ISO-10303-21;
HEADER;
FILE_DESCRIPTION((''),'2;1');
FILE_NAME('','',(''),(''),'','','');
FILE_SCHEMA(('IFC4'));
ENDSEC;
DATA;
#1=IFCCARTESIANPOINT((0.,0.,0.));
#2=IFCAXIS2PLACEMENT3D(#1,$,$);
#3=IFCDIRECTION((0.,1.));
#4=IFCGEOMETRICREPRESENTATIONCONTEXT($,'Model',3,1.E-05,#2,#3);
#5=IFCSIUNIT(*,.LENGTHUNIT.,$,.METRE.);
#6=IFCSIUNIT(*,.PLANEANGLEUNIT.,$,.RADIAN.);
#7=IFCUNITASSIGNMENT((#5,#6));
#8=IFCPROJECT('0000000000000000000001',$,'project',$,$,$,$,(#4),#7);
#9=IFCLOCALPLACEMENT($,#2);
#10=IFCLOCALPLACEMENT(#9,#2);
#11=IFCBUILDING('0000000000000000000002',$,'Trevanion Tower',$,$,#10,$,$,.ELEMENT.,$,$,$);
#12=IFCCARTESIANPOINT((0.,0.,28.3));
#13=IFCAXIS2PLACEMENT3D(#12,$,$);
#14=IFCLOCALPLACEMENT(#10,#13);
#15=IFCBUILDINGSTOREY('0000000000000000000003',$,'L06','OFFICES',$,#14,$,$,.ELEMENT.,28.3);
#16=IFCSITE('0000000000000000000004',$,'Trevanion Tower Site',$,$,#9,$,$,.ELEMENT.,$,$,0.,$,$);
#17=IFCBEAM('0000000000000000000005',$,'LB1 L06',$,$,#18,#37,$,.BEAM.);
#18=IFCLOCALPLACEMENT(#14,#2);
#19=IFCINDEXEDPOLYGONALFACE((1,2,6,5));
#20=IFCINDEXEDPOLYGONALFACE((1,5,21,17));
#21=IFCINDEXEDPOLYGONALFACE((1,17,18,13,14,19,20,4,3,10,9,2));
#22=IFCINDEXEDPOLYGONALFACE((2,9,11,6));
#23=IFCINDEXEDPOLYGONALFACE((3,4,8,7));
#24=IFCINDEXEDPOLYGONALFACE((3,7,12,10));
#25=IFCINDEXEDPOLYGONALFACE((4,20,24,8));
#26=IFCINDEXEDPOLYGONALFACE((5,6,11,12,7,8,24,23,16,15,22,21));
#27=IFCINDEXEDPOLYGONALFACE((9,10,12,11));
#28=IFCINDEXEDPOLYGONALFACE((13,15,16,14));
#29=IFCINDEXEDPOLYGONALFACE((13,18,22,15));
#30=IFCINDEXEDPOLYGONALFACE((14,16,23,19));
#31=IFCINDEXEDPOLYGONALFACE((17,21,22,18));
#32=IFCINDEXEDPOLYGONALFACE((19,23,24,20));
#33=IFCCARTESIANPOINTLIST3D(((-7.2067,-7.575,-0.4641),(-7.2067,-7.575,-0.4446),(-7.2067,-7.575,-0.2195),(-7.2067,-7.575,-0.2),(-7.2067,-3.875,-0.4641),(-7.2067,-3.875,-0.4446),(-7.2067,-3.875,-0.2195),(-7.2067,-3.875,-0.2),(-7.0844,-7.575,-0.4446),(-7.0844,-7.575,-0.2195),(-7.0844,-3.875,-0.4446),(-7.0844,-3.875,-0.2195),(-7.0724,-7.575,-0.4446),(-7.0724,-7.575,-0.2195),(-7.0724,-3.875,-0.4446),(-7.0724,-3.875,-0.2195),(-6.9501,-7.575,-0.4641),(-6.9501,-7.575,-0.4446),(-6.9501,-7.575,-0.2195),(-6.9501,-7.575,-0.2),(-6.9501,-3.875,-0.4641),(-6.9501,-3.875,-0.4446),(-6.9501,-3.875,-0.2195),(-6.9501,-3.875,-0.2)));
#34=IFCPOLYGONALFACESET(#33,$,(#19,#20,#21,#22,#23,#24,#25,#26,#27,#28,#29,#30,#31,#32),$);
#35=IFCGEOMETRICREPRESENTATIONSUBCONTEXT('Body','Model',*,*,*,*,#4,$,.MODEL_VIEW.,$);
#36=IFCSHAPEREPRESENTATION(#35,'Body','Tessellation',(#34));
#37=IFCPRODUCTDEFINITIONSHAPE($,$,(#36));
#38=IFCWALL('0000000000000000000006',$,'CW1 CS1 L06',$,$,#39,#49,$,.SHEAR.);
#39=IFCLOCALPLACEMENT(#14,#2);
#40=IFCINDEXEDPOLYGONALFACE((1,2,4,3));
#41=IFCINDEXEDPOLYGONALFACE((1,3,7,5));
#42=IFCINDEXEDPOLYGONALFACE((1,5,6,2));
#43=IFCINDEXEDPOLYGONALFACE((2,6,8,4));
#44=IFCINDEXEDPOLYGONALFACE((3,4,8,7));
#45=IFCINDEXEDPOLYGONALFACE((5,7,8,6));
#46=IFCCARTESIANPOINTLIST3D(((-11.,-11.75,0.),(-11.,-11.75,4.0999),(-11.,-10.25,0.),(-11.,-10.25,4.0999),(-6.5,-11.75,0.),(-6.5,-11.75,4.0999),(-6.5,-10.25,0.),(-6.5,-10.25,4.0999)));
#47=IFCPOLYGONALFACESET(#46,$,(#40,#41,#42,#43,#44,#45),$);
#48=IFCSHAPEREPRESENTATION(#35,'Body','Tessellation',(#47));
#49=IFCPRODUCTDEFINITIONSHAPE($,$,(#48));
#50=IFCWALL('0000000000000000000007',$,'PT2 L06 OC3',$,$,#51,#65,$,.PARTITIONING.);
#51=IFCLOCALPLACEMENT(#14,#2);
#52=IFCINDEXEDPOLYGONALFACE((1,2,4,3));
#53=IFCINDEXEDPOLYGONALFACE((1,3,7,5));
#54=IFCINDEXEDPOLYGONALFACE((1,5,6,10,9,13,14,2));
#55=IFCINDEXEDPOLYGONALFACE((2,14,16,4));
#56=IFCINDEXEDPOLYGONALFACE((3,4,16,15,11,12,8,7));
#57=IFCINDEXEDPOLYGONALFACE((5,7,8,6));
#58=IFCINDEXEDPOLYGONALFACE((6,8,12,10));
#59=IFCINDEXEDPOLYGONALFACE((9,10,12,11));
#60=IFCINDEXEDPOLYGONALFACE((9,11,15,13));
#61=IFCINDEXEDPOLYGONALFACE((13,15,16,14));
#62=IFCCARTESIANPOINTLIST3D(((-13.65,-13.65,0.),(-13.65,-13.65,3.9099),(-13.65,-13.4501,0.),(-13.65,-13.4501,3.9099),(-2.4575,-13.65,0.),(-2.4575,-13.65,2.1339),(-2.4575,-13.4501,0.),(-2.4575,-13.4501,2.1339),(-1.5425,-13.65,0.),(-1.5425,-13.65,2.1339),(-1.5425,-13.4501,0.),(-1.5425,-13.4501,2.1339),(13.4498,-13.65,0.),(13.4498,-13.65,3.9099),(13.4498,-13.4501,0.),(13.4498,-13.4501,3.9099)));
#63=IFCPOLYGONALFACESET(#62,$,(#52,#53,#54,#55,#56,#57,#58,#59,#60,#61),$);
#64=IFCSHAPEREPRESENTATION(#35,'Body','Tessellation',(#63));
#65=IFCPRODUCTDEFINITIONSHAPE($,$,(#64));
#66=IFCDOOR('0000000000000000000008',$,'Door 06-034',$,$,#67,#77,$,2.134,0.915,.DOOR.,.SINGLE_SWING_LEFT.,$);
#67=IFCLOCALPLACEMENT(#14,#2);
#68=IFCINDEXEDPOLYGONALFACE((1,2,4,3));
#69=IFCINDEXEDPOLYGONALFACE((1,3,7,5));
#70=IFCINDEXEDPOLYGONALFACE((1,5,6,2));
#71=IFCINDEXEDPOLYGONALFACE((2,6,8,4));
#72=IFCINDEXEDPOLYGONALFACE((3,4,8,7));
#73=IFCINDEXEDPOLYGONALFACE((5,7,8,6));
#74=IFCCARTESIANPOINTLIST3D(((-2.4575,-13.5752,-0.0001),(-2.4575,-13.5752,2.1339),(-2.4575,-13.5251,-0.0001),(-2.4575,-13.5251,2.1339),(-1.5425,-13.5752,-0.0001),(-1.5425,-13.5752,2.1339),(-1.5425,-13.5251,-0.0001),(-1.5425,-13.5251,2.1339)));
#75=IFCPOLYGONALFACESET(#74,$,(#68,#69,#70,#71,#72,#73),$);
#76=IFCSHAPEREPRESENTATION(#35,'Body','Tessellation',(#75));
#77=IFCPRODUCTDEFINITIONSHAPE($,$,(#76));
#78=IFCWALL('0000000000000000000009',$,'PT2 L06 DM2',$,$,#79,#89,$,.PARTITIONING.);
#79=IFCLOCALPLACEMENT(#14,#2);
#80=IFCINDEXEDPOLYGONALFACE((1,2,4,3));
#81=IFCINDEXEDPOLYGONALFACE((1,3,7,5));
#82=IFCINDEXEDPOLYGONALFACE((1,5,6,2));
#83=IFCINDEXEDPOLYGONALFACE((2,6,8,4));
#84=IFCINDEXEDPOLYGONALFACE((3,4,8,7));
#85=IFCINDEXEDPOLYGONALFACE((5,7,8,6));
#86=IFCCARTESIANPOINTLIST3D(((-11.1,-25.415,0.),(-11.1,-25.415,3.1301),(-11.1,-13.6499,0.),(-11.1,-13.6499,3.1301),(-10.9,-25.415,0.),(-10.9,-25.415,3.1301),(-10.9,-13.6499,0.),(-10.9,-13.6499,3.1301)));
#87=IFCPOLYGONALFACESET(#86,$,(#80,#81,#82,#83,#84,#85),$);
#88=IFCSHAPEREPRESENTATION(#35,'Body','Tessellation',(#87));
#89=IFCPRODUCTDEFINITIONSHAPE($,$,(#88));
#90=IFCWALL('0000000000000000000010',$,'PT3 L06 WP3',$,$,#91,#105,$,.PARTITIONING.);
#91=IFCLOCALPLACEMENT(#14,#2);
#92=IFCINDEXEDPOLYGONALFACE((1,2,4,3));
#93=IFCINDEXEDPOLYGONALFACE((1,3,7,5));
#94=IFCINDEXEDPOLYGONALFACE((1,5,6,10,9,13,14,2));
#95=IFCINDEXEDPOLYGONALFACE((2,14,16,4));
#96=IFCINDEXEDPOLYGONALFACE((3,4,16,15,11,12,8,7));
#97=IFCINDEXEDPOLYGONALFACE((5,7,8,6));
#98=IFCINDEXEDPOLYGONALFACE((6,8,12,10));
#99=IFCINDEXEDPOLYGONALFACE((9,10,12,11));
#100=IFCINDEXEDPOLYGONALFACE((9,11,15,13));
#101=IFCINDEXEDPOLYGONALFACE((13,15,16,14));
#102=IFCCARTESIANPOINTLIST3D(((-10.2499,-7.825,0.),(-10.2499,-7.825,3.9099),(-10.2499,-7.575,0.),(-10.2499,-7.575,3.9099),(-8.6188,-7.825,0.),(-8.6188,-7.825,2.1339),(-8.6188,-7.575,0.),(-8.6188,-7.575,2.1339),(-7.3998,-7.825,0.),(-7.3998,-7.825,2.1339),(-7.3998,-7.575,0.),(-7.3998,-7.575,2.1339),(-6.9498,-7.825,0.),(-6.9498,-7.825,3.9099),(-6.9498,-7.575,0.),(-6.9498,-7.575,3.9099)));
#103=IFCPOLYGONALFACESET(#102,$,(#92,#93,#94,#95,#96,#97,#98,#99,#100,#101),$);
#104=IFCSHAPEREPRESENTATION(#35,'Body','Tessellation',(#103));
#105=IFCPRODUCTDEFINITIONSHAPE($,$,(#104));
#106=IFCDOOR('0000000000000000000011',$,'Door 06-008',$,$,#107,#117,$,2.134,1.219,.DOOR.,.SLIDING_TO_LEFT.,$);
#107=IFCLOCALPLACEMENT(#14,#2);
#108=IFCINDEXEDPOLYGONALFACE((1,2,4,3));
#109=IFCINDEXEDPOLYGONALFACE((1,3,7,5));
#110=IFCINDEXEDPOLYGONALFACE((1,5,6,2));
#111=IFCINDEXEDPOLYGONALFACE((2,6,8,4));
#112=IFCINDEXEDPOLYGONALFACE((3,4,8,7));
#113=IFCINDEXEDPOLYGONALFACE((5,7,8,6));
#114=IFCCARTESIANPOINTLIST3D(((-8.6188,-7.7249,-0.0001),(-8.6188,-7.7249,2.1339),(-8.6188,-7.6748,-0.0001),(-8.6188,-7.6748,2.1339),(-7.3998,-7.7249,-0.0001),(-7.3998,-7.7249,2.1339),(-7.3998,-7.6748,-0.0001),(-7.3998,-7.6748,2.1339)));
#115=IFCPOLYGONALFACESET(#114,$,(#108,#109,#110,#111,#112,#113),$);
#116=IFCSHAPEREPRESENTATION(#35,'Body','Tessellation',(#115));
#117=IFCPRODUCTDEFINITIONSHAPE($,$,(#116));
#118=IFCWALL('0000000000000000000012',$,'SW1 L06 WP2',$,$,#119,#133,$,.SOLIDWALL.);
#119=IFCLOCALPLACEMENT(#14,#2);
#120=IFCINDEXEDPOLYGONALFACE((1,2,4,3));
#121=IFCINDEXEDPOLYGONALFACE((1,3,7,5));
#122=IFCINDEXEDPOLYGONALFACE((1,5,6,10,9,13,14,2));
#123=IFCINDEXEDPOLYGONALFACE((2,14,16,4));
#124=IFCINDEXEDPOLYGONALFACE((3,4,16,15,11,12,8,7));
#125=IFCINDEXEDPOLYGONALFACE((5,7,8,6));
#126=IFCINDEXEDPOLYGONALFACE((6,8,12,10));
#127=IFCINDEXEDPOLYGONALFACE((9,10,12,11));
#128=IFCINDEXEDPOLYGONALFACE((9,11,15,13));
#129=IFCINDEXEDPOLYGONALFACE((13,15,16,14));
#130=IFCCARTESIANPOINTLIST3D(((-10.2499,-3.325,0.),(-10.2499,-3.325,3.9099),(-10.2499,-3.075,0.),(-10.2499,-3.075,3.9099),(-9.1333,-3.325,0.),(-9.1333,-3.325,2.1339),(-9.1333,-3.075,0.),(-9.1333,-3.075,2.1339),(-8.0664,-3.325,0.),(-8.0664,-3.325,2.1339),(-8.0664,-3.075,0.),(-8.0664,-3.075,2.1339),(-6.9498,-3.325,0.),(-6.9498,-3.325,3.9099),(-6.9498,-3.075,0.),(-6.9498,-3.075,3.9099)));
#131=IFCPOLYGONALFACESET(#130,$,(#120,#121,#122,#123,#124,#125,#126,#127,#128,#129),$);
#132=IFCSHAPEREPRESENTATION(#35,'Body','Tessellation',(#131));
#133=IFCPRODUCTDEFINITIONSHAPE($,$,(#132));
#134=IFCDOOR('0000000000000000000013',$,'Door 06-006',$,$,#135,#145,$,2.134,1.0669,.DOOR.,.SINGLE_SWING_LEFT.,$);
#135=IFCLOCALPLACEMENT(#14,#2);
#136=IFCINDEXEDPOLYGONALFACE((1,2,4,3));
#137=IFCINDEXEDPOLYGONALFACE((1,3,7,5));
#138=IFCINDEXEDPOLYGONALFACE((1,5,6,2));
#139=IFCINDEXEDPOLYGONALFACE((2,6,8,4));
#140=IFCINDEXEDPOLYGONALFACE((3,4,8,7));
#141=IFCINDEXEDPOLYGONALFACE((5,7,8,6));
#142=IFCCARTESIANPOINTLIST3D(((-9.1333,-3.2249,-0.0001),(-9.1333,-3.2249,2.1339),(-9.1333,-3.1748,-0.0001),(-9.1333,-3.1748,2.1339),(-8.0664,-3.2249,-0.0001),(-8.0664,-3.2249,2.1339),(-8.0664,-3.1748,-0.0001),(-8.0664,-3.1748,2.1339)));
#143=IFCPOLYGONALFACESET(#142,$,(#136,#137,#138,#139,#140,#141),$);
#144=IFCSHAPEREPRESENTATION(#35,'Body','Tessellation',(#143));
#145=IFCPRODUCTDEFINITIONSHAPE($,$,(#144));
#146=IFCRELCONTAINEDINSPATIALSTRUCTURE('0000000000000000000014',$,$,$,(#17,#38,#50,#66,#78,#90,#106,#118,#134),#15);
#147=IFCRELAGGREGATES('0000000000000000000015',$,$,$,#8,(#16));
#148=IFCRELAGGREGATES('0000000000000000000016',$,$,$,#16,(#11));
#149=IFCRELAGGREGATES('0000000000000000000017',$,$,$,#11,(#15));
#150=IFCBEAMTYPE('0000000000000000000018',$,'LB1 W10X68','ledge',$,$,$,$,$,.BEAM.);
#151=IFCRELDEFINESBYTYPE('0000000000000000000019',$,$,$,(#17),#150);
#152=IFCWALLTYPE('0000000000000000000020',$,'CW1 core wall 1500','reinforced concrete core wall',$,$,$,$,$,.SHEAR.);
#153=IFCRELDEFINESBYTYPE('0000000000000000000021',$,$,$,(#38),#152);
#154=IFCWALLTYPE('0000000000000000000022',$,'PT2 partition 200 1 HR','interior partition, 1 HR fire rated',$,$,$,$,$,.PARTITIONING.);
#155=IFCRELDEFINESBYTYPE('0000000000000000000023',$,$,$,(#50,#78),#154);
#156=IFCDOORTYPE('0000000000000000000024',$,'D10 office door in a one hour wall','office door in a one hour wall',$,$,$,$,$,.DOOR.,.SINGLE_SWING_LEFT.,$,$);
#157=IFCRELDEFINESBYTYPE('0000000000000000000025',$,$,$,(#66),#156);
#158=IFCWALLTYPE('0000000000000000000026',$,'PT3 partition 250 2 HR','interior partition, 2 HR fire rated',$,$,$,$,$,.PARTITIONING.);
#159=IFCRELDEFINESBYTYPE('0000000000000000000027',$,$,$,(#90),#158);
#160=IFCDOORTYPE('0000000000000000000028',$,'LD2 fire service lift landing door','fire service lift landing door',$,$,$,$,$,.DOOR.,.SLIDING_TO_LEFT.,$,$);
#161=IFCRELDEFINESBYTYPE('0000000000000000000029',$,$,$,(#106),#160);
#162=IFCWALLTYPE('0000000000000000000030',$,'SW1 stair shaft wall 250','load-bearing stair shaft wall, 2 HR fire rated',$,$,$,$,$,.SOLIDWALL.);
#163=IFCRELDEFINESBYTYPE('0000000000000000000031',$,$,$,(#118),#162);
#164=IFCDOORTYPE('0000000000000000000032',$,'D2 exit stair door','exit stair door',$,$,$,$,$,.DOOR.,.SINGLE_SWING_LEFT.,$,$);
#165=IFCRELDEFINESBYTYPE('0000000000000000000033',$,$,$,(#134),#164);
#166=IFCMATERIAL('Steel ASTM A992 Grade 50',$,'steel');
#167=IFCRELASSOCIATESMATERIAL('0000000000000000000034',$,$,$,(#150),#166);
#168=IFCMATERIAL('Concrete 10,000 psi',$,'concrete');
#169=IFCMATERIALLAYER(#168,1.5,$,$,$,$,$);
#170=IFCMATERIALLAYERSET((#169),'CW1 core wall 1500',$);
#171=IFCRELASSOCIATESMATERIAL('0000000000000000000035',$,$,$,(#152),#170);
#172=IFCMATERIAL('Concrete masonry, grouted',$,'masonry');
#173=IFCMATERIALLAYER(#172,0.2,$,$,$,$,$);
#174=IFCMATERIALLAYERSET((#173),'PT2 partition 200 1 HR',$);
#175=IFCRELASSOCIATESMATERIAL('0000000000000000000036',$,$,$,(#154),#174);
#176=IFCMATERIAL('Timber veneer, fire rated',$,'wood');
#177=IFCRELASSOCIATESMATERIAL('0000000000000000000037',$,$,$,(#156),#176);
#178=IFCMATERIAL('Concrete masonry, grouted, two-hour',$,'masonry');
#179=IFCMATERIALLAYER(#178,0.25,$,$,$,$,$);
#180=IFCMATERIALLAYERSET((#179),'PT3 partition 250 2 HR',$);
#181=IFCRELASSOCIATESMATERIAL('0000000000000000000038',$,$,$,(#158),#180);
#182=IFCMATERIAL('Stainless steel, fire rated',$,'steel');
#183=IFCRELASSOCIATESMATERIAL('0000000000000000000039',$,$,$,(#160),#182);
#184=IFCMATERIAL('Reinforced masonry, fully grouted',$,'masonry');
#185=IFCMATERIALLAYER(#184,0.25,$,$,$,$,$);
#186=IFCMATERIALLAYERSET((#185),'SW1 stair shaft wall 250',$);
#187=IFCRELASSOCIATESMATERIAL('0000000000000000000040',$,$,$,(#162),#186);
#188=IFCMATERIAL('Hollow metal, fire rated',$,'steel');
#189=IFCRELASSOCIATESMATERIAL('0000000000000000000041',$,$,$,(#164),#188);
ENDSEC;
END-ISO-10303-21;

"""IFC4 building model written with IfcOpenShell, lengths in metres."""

from ifc_helpers import new_model, si_unit, direction, frame, frame_2d, origin, origin_2d, place, context, subcontext, project, spatial, rectangle, i_section, extrude, material, layer, layer_set, material_profile, profile_set, type_object, element, fill, save


model = new_model("IFC4")

# Units and contexts
model_context = context("Model", 3, precision=1e-05, world=origin(), true_north=direction((0.0, 1.0)))
body_context = subcontext(model_context, "Body", "Model", "MODEL_VIEW")
ifc_project = project(units=[si_unit("LENGTHUNIT", "METRE"), si_unit("PLANEANGLEUNIT", "RADIAN")], contexts=[model_context])

# Site, building, storey
site_placement = place(None, origin())
site = spatial("IfcSite", under=ifc_project, at=site_placement, Name="Trevanion Tower Site", CompositionType="ELEMENT", RefElevation=0.0)
building_placement = place(site_placement, origin())
building = spatial("IfcBuilding", under=site, at=building_placement, Name="Trevanion Tower", CompositionType="ELEMENT")
storey_placement = place(building_placement, frame((0.0, 0.0, 28.3)))
storey = spatial("IfcBuildingStorey", under=building, at=storey_placement, Name="L06", Description="OFFICES", CompositionType="ELEMENT", Elevation=28.3)

# Beam
ifc_material_1 = material(Name="Steel ASTM A992 Grade 50", Category="steel")
ifc_material_profile_1 = material_profile(ifc_material_1, i_section(OverallWidth=0.2566, OverallDepth=0.2642, WebThickness=0.012, FlangeThickness=0.0195, at=origin_2d()), Name="W10X68")
ifc_profile_set_1 = profile_set([ifc_material_profile_1], Name="Steel ASTM A992 Grade 50")
beam_type_1 = type_object("IfcBeamType", Name="LB1 W10X68", Description="ledge", PredefinedType="BEAM", material=ifc_profile_set_1)
for number, where, z_axis, x_axis, name in (
    (1, (-7.0784, -7.575, -0.332), (0.0, 1.0, 0.0), (-1.0, 0.0, 0.0), "LB1 L06"),
):
    element("IfcBeam", number, at=place(storey_placement, frame(where, z_axis=z_axis, x_axis=x_axis)), inside=storey, type_object=beam_type_1, Name=name, PredefinedType="BEAM", context=body_context, shape_type="SweptSolid", body=[
        extrude(i_section(OverallWidth=0.2566, OverallDepth=0.2642, WebThickness=0.012, FlangeThickness=0.0195, at=origin_2d()), origin(), (0.0, 0.0, 1.0), 3.7),
    ])

# Wall
ifc_material_2 = material(Name="Concrete 10,000 psi", Category="concrete")
ifc_layer_1 = layer(ifc_material_2, 1.5)
ifc_layer_set_1 = layer_set([ifc_layer_1], Name="CW1 core wall 1500")
wall_type_1 = type_object("IfcWallType", Name="CW1 core wall 1500", Description="reinforced concrete core wall", PredefinedType="SHEAR", material=ifc_layer_set_1)
wall_1_placement = place(storey_placement, frame((-11.0, -11.0, 0.0), z_axis=(0.0, 0.0, 1.0), x_axis=(1.0, 0.0, 0.0)))
element("IfcWall", 2, at=wall_1_placement, inside=storey, type_object=wall_type_1, Name="CW1 CS1 L06", PredefinedType="SHEAR", context=body_context, shape_type="SweptSolid", body=[
    extrude(rectangle(XDim=4.5, YDim=1.5, at=frame_2d((2.25, 0.0))), origin(), (0.0, 0.0, 1.0), 4.0999),
])

# Wall, opening, door
ifc_material_3 = material(Name="Concrete masonry, grouted", Category="masonry")
ifc_layer_2 = layer(ifc_material_3, 0.2)
ifc_layer_set_2 = layer_set([ifc_layer_2], Name="PT2 partition 200 1 HR")
wall_type_2 = type_object("IfcWallType", Name="PT2 partition 200 1 HR", Description="interior partition, 1 HR fire rated", PredefinedType="PARTITIONING", material=ifc_layer_set_2)
wall_2_placement = place(storey_placement, frame((-13.6499, -13.55, 0.0), z_axis=(0.0, 0.0, 1.0), x_axis=(1.0, 0.0, 0.0)))
wall_2 = element("IfcWall", 3, at=wall_2_placement, inside=storey, type_object=wall_type_2, Name="PT2 L06 OC3", PredefinedType="PARTITIONING", context=body_context, shape_type="SweptSolid", body=[
    extrude(rectangle(XDim=27.0999, YDim=0.2, at=frame_2d((13.5498, 0.0))), origin(), (0.0, 0.0, 1.0), 3.9099),
])
opening_1_placement = place(wall_2_placement, frame((11.1924, 0.0, 0.0)))
opening_1 = element("IfcOpeningElement", 4, at=opening_1_placement, cuts=wall_2, PredefinedType="OPENING", context=body_context, shape_type="SweptSolid", body=[
    extrude(rectangle(XDim=0.915, YDim=2.134, at=frame_2d((0.4575, 1.0669))), frame((0.0, 0.1099, 0.0), z_axis=(0.0, -1.0, 0.0), x_axis=(1.0, 0.0, 0.0)), (0.0, 0.0, 1.0), 0.22),
])
ifc_material_4 = material(Name="Timber veneer, fire rated", Category="wood")
door_type_1 = type_object("IfcDoorType", Name="D10 office door in a one hour wall", Description="office door in a one hour wall", OperationType="SINGLE_SWING_LEFT", PredefinedType="DOOR", material=ifc_material_4)
door_1_placement = place(opening_1_placement, origin())
door_1 = element("IfcDoor", 5, at=door_1_placement, inside=storey, type_object=door_type_1, Name="Door 06-034", OperationType="SINGLE_SWING_LEFT", OverallHeight=2.134, OverallWidth=0.915, PredefinedType="DOOR", context=body_context, shape_type="SweptSolid", body=[
    extrude(rectangle(XDim=0.915, YDim=2.134, at=frame_2d((0.4575, 1.0669))), frame((0.0, 0.0249, 0.0), z_axis=(0.0, -1.0, 0.0), x_axis=(1.0, 0.0, 0.0)), (0.0, 0.0, 1.0), 0.05),
])
fill(opening_1, door_1)

# Wall
wall_3_placement = place(storey_placement, frame((-11.0, -13.6499, 0.0), z_axis=(0.0, 0.0, 1.0), x_axis=(0.0, -1.0, 0.0)))
element("IfcWall", 6, at=wall_3_placement, inside=storey, type_object=wall_type_2, Name="PT2 L06 DM2", PredefinedType="PARTITIONING", context=body_context, shape_type="SweptSolid", body=[
    extrude(rectangle(XDim=11.7651, YDim=0.2, at=frame_2d((5.8826, 0.0))), origin(), (0.0, 0.0, 1.0), 3.1301),
])

# Walls, openings, doors
ifc_material_5 = material(Name="Concrete masonry, grouted, two-hour", Category="masonry")
ifc_layer_3 = layer(ifc_material_5, 0.25)
ifc_layer_set_3 = layer_set([ifc_layer_3], Name="PT3 partition 250 2 HR")
wall_type_3 = type_object("IfcWallType", Name="PT3 partition 250 2 HR", Description="interior partition, 2 HR fire rated", PredefinedType="PARTITIONING", material=ifc_layer_set_3)
wall_4_placement = place(storey_placement, frame((-6.95, -7.7, 0.0), z_axis=(0.0, 0.0, 1.0), x_axis=(-1.0, 0.0, 0.0)))
wall_4 = element("IfcWall", 7, at=wall_4_placement, inside=storey, type_object=wall_type_3, Name="PT3 L06 WP3", PredefinedType="PARTITIONING", context=body_context, shape_type="SweptSolid", body=[
    extrude(rectangle(XDim=3.3, YDim=0.25, at=frame_2d((1.6499, 0.0))), origin(), (0.0, 0.0, 1.0), 3.9099),
])
opening_2_placement = place(wall_4_placement, frame((0.45, 0.0, 0.0)))
opening_2 = element("IfcOpeningElement", 8, at=opening_2_placement, cuts=wall_4, PredefinedType="OPENING", context=body_context, shape_type="SweptSolid", body=[
    extrude(rectangle(XDim=1.219, YDim=2.134, at=frame_2d((0.6094, 1.0669))), frame((0.0, 0.135, 0.0), z_axis=(0.0, -1.0, 0.0), x_axis=(1.0, 0.0, 0.0)), (0.0, 0.0, 1.0), 0.27),
])
ifc_material_6 = material(Name="Stainless steel, fire rated", Category="steel")
door_type_2 = type_object("IfcDoorType", Name="LD2 fire service lift landing door", Description="fire service lift landing door", OperationType="SLIDING_TO_LEFT", PredefinedType="DOOR", material=ifc_material_6)
door_2_placement = place(opening_2_placement, origin())
door_2 = element("IfcDoor", 9, at=door_2_placement, inside=storey, type_object=door_type_2, Name="Door 06-008", OperationType="SLIDING_TO_LEFT", OverallHeight=2.134, OverallWidth=1.219, PredefinedType="DOOR", context=body_context, shape_type="SweptSolid", body=[
    extrude(rectangle(XDim=1.219, YDim=2.134, at=frame_2d((0.6094, 1.0669))), frame((0.0, 0.0249, 0.0), z_axis=(0.0, -1.0, 0.0), x_axis=(1.0, 0.0, 0.0)), (0.0, 0.0, 1.0), 0.05),
])
fill(opening_2, door_2)
ifc_material_7 = material(Name="Reinforced masonry, fully grouted", Category="masonry")
ifc_layer_4 = layer(ifc_material_7, 0.25)
ifc_layer_set_4 = layer_set([ifc_layer_4], Name="SW1 stair shaft wall 250")
wall_type_4 = type_object("IfcWallType", Name="SW1 stair shaft wall 250", Description="load-bearing stair shaft wall, 2 HR fire rated", PredefinedType="SOLIDWALL", material=ifc_layer_set_4)
wall_5_placement = place(storey_placement, frame((-6.95, -3.2, 0.0), z_axis=(0.0, 0.0, 1.0), x_axis=(-1.0, 0.0, 0.0)))
wall_5 = element("IfcWall", 10, at=wall_5_placement, inside=storey, type_object=wall_type_4, Name="SW1 L06 WP2", PredefinedType="SOLIDWALL", context=body_context, shape_type="SweptSolid", body=[
    extrude(rectangle(XDim=3.3, YDim=0.25, at=frame_2d((1.6499, 0.0))), origin(), (0.0, 0.0, 1.0), 3.9099),
])
opening_3_placement = place(wall_5_placement, frame((1.1165, 0.0, 0.0)))
opening_3 = element("IfcOpeningElement", 11, at=opening_3_placement, cuts=wall_5, PredefinedType="OPENING", context=body_context, shape_type="SweptSolid", body=[
    extrude(rectangle(XDim=1.0669, YDim=2.134, at=frame_2d((0.5334, 1.0669))), frame((0.0, 0.135, 0.0), z_axis=(0.0, -1.0, 0.0), x_axis=(1.0, 0.0, 0.0)), (0.0, 0.0, 1.0), 0.27),
])
ifc_material_8 = material(Name="Hollow metal, fire rated", Category="steel")
door_type_3 = type_object("IfcDoorType", Name="D2 exit stair door", Description="exit stair door", OperationType="SINGLE_SWING_LEFT", PredefinedType="DOOR", material=ifc_material_8)
door_3_placement = place(opening_3_placement, origin())
door_3 = element("IfcDoor", 12, at=door_3_placement, inside=storey, type_object=door_type_3, Name="Door 06-006", OperationType="SINGLE_SWING_LEFT", OverallHeight=2.134, OverallWidth=1.0669, PredefinedType="DOOR", context=body_context, shape_type="SweptSolid", body=[
    extrude(rectangle(XDim=1.0669, YDim=2.134, at=frame_2d((0.5334, 1.0669))), frame((0.0, 0.0249, 0.0), z_axis=(0.0, -1.0, 0.0), x_axis=(1.0, 0.0, 0.0)), (0.0, 0.0, 1.0), 0.05),
])
fill(opening_3, door_3)

save(model, "model.ifc")
